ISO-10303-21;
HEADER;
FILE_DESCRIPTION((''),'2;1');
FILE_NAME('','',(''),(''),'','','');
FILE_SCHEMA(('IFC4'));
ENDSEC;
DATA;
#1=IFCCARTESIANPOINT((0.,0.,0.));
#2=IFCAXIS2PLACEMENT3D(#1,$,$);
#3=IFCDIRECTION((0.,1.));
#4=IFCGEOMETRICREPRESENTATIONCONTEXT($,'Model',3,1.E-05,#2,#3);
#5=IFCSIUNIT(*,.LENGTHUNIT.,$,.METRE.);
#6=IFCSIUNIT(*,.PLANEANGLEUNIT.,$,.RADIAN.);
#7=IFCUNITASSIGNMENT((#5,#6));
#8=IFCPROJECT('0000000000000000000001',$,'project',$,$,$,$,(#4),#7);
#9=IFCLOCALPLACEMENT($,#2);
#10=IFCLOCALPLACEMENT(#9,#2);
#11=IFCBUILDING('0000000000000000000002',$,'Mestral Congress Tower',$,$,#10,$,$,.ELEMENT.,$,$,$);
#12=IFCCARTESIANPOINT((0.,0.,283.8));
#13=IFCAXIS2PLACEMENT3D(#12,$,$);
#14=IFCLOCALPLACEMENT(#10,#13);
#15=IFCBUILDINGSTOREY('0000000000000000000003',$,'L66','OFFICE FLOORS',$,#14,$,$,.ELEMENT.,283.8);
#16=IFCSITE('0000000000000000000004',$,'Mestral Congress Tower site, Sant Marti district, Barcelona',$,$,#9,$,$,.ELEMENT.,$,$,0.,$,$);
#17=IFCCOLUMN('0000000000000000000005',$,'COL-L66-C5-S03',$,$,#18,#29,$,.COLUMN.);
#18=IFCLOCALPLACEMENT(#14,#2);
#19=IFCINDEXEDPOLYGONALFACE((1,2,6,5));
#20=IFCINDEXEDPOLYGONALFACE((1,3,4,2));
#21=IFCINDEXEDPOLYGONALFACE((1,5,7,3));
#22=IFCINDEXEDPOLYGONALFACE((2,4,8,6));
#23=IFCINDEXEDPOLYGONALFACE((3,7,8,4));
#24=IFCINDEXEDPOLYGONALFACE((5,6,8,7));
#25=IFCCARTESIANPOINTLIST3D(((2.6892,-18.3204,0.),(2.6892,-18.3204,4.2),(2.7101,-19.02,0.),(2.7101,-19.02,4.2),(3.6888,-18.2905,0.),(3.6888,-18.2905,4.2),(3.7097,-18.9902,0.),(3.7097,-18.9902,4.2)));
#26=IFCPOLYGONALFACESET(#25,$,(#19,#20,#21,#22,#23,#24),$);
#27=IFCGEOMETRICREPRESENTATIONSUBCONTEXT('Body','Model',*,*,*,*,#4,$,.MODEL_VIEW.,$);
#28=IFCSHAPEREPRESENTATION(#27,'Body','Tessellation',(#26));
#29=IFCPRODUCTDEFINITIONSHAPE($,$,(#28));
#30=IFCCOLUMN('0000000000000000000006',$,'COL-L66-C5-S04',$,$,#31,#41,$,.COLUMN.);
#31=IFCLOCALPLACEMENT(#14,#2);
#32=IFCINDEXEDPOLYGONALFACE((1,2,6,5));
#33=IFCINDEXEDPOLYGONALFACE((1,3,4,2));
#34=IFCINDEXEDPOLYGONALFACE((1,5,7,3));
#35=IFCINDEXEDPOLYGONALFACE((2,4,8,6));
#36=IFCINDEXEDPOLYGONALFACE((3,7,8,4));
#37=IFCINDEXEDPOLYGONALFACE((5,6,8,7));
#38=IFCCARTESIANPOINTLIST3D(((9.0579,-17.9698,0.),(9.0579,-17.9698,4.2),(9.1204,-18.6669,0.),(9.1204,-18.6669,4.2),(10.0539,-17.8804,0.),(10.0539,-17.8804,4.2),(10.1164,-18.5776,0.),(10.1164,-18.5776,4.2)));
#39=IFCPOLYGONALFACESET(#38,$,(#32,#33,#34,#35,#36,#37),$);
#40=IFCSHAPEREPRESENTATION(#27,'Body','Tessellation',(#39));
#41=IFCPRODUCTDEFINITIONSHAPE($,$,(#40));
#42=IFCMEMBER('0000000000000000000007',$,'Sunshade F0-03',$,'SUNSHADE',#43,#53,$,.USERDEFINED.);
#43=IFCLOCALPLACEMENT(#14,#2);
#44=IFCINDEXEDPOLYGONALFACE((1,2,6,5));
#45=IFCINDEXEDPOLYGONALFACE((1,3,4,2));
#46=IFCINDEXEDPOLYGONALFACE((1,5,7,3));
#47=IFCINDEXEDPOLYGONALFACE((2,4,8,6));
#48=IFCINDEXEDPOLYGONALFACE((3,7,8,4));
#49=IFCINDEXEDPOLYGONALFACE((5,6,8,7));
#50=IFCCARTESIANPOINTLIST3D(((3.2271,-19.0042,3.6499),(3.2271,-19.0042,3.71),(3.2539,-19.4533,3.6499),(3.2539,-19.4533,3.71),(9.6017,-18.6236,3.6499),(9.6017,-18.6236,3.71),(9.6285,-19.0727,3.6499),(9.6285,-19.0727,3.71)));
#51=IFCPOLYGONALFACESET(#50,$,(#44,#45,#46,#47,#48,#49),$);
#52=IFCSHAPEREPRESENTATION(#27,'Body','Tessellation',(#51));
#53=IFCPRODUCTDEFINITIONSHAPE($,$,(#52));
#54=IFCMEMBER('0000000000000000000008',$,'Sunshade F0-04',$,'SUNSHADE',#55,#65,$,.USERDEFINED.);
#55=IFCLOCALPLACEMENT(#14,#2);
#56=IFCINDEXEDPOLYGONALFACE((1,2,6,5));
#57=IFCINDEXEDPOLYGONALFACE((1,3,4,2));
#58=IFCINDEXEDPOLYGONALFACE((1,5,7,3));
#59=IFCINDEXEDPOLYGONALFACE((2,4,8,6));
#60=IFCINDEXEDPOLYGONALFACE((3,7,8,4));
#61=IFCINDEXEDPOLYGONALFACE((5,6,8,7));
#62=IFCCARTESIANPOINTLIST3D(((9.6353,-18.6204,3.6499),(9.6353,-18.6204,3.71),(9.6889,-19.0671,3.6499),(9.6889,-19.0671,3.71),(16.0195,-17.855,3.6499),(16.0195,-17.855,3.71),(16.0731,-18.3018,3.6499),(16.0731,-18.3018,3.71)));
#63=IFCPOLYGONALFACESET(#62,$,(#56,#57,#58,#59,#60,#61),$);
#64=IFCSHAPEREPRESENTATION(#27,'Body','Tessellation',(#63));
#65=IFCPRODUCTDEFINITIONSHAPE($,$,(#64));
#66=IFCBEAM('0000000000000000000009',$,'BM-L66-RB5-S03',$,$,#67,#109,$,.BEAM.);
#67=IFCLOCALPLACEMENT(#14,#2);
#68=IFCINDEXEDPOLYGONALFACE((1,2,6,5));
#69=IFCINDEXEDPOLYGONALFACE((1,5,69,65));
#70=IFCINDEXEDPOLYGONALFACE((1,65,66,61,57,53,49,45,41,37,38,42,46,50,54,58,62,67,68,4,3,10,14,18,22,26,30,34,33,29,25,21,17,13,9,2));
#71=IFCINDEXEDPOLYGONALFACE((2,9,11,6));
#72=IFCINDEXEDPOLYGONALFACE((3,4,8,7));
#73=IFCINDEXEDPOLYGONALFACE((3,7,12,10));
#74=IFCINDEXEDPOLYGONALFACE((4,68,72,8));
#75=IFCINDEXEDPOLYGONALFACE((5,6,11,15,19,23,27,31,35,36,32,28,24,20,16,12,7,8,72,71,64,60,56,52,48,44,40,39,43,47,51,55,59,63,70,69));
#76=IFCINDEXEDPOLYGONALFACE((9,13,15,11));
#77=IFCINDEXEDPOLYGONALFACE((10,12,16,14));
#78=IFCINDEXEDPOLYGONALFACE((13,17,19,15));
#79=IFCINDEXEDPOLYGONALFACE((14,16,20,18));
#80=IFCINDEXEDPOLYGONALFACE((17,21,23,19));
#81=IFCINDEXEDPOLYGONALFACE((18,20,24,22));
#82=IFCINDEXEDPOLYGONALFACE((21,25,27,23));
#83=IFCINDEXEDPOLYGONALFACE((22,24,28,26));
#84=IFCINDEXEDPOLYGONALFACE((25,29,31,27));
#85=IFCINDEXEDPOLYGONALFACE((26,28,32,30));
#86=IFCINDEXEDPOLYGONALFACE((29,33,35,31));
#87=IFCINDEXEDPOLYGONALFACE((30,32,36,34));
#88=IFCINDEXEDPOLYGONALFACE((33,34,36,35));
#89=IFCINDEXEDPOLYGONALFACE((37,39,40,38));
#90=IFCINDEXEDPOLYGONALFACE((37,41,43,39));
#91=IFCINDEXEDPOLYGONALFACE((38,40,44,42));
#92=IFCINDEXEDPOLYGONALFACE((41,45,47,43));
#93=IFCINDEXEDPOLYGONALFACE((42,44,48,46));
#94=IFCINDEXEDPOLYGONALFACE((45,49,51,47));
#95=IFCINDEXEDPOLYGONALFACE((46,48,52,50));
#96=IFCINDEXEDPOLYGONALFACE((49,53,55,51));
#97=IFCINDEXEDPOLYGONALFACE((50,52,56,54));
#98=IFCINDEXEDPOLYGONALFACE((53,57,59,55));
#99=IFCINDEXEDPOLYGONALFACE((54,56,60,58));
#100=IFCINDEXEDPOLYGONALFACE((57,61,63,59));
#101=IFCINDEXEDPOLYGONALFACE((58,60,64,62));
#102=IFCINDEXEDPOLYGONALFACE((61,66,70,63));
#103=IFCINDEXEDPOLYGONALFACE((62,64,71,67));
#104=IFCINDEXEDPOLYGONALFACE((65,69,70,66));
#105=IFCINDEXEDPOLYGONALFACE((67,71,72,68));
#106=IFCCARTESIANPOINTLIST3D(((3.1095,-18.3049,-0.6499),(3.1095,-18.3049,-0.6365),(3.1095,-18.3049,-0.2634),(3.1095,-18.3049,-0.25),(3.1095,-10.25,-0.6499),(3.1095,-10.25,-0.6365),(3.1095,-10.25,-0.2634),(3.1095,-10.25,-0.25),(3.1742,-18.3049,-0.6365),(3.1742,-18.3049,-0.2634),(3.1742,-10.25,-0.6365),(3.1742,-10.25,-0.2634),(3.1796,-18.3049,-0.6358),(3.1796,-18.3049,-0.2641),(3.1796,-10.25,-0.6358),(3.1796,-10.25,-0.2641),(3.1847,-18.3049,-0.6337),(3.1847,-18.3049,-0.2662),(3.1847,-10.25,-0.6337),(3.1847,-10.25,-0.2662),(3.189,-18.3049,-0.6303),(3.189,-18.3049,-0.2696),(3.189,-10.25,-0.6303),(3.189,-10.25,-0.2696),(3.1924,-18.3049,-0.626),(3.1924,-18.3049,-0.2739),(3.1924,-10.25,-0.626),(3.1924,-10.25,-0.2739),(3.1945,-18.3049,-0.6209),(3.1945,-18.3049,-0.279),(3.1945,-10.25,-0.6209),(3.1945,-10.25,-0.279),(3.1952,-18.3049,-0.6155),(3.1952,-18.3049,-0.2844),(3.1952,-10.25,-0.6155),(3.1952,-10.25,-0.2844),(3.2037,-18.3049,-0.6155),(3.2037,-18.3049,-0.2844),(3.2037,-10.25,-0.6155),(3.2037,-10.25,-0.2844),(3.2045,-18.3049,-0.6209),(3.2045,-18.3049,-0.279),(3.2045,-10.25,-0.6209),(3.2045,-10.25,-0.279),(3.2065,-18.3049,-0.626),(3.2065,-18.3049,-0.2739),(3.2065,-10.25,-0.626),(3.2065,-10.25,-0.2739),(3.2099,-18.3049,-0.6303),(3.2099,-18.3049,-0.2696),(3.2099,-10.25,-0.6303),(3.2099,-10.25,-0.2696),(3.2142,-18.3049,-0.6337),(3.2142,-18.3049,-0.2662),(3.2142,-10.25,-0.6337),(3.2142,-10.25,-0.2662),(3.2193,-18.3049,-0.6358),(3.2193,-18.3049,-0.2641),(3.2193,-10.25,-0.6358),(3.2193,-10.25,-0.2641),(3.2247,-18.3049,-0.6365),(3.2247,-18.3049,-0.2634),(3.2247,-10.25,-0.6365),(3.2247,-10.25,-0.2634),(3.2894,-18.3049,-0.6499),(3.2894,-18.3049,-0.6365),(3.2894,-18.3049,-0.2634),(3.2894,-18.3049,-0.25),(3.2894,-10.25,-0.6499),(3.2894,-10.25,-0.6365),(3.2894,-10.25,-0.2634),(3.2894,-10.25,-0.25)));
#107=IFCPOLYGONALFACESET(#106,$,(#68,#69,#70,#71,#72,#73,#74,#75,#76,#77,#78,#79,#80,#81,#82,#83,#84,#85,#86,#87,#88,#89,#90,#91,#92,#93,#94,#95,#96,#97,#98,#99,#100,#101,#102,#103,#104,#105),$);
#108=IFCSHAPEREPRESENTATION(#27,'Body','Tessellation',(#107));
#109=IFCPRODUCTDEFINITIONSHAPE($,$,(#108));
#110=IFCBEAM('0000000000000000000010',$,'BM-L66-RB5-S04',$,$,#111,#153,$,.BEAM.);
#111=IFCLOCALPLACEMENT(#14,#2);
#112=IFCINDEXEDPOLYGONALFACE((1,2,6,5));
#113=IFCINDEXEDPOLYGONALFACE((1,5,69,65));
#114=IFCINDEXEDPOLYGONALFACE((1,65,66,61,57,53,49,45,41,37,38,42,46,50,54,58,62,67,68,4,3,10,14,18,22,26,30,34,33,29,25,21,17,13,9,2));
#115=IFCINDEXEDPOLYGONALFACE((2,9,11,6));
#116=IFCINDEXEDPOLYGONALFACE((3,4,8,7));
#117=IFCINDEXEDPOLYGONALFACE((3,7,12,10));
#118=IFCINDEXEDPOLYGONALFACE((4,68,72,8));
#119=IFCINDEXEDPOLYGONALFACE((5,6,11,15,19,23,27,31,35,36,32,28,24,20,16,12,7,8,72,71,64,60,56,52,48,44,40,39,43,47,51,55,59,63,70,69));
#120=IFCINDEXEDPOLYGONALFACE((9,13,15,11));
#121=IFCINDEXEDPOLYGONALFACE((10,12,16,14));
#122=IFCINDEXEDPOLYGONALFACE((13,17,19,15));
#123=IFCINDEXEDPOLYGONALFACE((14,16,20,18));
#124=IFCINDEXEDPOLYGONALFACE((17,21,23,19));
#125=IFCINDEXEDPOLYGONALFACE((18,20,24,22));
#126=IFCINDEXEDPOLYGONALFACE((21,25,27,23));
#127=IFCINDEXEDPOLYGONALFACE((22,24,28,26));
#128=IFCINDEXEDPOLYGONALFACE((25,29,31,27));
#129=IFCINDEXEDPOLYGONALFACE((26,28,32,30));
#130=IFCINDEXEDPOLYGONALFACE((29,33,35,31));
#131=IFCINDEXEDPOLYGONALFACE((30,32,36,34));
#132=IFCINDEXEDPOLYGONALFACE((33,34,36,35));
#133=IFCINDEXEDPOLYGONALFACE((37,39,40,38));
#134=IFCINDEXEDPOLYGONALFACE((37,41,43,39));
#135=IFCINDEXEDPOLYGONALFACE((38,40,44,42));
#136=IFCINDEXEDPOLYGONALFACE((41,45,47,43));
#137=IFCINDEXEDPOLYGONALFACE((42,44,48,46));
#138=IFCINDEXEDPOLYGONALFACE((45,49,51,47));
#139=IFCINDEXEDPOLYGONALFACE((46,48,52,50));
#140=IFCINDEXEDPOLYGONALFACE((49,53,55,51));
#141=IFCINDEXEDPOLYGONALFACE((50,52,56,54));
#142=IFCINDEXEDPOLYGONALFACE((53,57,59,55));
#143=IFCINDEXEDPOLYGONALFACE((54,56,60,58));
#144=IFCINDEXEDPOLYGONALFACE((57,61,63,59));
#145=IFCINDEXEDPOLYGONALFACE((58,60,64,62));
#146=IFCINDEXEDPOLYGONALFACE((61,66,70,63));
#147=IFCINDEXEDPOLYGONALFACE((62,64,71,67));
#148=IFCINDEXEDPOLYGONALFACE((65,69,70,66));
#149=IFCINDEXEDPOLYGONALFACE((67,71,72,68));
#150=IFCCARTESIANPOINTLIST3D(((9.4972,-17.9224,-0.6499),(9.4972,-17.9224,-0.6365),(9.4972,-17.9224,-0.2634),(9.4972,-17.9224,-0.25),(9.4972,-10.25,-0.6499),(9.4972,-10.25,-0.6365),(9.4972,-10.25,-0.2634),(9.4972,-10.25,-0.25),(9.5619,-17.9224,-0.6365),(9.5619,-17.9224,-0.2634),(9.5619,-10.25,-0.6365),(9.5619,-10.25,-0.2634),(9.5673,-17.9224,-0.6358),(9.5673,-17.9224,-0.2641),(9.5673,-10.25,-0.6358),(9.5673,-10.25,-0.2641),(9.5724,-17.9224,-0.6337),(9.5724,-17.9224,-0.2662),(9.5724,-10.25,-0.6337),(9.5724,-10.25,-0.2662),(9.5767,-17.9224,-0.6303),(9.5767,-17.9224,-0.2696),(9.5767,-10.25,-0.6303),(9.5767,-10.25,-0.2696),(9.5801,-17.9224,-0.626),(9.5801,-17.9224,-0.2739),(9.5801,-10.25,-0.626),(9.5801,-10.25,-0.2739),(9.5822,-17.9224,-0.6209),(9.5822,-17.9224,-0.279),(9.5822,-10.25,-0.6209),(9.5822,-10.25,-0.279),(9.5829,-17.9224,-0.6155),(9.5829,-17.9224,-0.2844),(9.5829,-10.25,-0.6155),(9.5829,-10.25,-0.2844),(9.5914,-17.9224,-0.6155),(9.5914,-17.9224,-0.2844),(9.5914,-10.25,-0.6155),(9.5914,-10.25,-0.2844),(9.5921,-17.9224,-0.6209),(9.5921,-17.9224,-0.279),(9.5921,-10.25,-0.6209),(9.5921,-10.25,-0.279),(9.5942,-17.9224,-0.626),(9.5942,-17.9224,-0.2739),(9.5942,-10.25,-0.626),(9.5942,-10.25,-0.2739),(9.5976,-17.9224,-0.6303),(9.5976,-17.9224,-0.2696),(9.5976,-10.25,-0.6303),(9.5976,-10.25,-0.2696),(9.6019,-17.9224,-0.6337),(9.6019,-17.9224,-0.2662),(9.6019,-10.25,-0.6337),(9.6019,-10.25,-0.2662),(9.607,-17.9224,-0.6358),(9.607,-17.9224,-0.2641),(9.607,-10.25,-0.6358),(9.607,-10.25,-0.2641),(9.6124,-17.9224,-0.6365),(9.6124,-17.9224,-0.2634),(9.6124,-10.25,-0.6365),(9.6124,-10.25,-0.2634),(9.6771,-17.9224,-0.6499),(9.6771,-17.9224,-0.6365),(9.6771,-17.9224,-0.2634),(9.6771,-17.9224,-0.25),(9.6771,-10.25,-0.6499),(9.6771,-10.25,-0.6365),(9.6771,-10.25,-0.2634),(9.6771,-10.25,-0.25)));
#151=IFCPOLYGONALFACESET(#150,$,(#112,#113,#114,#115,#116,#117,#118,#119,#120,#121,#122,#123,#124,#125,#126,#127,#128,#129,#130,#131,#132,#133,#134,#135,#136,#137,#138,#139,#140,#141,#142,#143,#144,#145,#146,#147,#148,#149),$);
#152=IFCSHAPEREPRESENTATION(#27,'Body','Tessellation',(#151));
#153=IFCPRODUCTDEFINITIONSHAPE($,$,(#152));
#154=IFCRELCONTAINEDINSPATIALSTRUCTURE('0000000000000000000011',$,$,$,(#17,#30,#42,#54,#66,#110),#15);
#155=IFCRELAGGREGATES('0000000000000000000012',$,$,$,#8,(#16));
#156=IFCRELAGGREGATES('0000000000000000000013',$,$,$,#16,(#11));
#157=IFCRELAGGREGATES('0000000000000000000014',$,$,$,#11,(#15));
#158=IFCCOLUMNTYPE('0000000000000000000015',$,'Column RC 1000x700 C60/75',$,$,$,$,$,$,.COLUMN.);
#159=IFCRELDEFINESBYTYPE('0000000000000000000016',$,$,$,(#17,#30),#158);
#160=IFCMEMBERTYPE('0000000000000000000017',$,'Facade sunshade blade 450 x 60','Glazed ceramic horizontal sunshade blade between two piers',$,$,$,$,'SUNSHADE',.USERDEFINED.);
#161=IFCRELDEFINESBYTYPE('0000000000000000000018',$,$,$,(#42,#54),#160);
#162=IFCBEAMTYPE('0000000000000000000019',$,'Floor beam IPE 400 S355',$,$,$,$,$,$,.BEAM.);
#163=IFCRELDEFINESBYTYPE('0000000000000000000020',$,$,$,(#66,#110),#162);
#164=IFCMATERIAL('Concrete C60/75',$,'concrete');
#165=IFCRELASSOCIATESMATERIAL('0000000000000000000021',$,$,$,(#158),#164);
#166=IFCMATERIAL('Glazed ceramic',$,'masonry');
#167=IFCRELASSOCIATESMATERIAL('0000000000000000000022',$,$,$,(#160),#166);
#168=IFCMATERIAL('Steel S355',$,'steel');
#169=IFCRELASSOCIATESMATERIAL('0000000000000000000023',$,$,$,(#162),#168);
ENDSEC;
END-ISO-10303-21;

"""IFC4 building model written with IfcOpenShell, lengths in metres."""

from ifc_helpers import new_model, si_unit, direction, frame, origin, origin_2d, place, context, subcontext, project, spatial, rectangle, i_section, extrude, material, material_profile, profile_set, type_object, element, save


model = new_model("IFC4")

# Units and contexts
model_context = context("Model", 3, precision=1e-05, world=origin(), true_north=direction((0.0, 1.0)))
body_context = subcontext(model_context, "Body", "Model", "MODEL_VIEW")
ifc_project = project(units=[si_unit("LENGTHUNIT", "METRE"), si_unit("PLANEANGLEUNIT", "RADIAN")], contexts=[model_context])

# Site, building, storey
site_placement = place(None, origin())
site = spatial("IfcSite", under=ifc_project, at=site_placement, Name="Mestral Congress Tower site, Sant Marti district, Barcelona", CompositionType="ELEMENT", RefElevation=0.0)
building_placement = place(site_placement, origin())
building = spatial("IfcBuilding", under=site, at=building_placement, Name="Mestral Congress Tower", CompositionType="ELEMENT")
storey_placement = place(building_placement, frame((0.0, 0.0, 283.8)))
storey = spatial("IfcBuildingStorey", under=building, at=storey_placement, Name="L66", Description="OFFICE FLOORS", CompositionType="ELEMENT", Elevation=283.8)

# Columns
ifc_material_1 = material(Name="Concrete C60/75", Category="concrete")
ifc_material_profile_1 = material_profile(ifc_material_1, rectangle(XDim=1.0, YDim=0.7, at=origin_2d()), Name="RC 1000x700")
ifc_profile_set_1 = profile_set([ifc_material_profile_1], Name="Concrete C60/75")
column_type = type_object("IfcColumnType", Name="Column RC 1000x700 C60/75", PredefinedType="COLUMN", material=ifc_profile_set_1)
for number, where, z_axis, x_axis, name in (
    (1, (3.1995, -18.6553, 0.0), (0.0, 0.0, 1.0), (0.999555, 0.029828, 0.0), "COL-L66-C5-S03"),
    (2, (9.5872, -18.2737, 0.0), (0.0, 0.0, 1.0), (0.995998, 0.089378, 0.0), "COL-L66-C5-S04"),
):
    element("IfcColumn", number, at=place(storey_placement, frame(where, z_axis=z_axis, x_axis=x_axis)), inside=storey, type_object=column_type, Name=name, PredefinedType="COLUMN", context=body_context, shape_type="SweptSolid", body=[
        extrude(rectangle(XDim=1.0, YDim=0.7, at=origin_2d()), origin(), (0.0, 0.0, 1.0), 4.2),
    ])

# Members
ifc_material_2 = material(Name="Glazed ceramic", Category="masonry")
ifc_material_profile_2 = material_profile(ifc_material_2, rectangle(XDim=0.45, YDim=0.0601, at=origin_2d()), Name="Ceramic blade 450 x 60")
ifc_profile_set_2 = profile_set([ifc_material_profile_2], Name="Glazed ceramic")
member_type = type_object("IfcMemberType", Name="Facade sunshade blade 450 x 60", Description="Glazed ceramic horizontal sunshade blade between two piers", ElementType="SUNSHADE", PredefinedType="USERDEFINED", material=ifc_profile_set_2)
member_1_placement = place(storey_placement, frame((3.2405, -19.2288, 3.6799), z_axis=(0.998222, 0.059603, 0.0), x_axis=(-0.059603, 0.998222, 0.0)))
element("IfcMember", 3, at=member_1_placement, inside=storey, type_object=member_type, Name="Sunshade F0-03", ObjectType="SUNSHADE", PredefinedType="USERDEFINED", context=body_context, shape_type="SweptSolid", body=[
    extrude(rectangle(XDim=0.45, YDim=0.0601, at=origin_2d()), origin(), (0.0, 0.0, 1.0), 6.386),
])
member_2_placement = place(storey_placement, frame((9.6621, -18.8438, 3.6799), z_axis=(0.99289, 0.119033, 0.0), x_axis=(-0.119033, 0.99289, 0.0)))
element("IfcMember", 4, at=member_2_placement, inside=storey, type_object=member_type, Name="Sunshade F0-04", ObjectType="SUNSHADE", PredefinedType="USERDEFINED", context=body_context, shape_type="SweptSolid", body=[
    extrude(rectangle(XDim=0.45, YDim=0.0601, at=origin_2d()), origin(), (0.0, 0.0, 1.0), 6.4299),
])

# Beams
ifc_material_3 = material(Name="Steel S355", Category="steel")
ifc_material_profile_3 = material_profile(ifc_material_3, i_section(OverallWidth=0.1799, OverallDepth=0.3999, WebThickness=0.0085, FlangeThickness=0.0134, FilletRadius=0.021, at=origin_2d()), Name="IPE 400")
ifc_profile_set_3 = profile_set([ifc_material_profile_3], Name="Steel S355")
beam_type_1 = type_object("IfcBeamType", Name="Floor beam IPE 400 S355", PredefinedType="BEAM", material=ifc_profile_set_3)
beam_1_placement = place(storey_placement, frame((3.1995, -18.3049, -0.45), z_axis=(0.0, 1.0, 0.0), x_axis=(-1.0, 0.0, 0.0)))
element("IfcBeam", 5, at=beam_1_placement, inside=storey, type_object=beam_type_1, Name="BM-L66-RB5-S03", PredefinedType="BEAM", context=body_context, shape_type="SweptSolid", body=[
    extrude(i_section(OverallWidth=0.1799, OverallDepth=0.3999, WebThickness=0.0085, FlangeThickness=0.0134, FilletRadius=0.021, at=origin_2d()), origin(), (0.0, 0.0, 1.0), 8.0549),
])
beam_2_placement = place(storey_placement, frame((9.5872, -17.9224, -0.45), z_axis=(0.0, 1.0, 0.0), x_axis=(-1.0, 0.0, 0.0)))
element("IfcBeam", 6, at=beam_2_placement, inside=storey, type_object=beam_type_1, Name="BM-L66-RB5-S04", PredefinedType="BEAM", context=body_context, shape_type="SweptSolid", body=[
    extrude(i_section(OverallWidth=0.1799, OverallDepth=0.3999, WebThickness=0.0085, FlangeThickness=0.0134, FilletRadius=0.021, at=origin_2d()), origin(), (0.0, 0.0, 1.0), 7.6724),
])

save(model, "model.ifc")
